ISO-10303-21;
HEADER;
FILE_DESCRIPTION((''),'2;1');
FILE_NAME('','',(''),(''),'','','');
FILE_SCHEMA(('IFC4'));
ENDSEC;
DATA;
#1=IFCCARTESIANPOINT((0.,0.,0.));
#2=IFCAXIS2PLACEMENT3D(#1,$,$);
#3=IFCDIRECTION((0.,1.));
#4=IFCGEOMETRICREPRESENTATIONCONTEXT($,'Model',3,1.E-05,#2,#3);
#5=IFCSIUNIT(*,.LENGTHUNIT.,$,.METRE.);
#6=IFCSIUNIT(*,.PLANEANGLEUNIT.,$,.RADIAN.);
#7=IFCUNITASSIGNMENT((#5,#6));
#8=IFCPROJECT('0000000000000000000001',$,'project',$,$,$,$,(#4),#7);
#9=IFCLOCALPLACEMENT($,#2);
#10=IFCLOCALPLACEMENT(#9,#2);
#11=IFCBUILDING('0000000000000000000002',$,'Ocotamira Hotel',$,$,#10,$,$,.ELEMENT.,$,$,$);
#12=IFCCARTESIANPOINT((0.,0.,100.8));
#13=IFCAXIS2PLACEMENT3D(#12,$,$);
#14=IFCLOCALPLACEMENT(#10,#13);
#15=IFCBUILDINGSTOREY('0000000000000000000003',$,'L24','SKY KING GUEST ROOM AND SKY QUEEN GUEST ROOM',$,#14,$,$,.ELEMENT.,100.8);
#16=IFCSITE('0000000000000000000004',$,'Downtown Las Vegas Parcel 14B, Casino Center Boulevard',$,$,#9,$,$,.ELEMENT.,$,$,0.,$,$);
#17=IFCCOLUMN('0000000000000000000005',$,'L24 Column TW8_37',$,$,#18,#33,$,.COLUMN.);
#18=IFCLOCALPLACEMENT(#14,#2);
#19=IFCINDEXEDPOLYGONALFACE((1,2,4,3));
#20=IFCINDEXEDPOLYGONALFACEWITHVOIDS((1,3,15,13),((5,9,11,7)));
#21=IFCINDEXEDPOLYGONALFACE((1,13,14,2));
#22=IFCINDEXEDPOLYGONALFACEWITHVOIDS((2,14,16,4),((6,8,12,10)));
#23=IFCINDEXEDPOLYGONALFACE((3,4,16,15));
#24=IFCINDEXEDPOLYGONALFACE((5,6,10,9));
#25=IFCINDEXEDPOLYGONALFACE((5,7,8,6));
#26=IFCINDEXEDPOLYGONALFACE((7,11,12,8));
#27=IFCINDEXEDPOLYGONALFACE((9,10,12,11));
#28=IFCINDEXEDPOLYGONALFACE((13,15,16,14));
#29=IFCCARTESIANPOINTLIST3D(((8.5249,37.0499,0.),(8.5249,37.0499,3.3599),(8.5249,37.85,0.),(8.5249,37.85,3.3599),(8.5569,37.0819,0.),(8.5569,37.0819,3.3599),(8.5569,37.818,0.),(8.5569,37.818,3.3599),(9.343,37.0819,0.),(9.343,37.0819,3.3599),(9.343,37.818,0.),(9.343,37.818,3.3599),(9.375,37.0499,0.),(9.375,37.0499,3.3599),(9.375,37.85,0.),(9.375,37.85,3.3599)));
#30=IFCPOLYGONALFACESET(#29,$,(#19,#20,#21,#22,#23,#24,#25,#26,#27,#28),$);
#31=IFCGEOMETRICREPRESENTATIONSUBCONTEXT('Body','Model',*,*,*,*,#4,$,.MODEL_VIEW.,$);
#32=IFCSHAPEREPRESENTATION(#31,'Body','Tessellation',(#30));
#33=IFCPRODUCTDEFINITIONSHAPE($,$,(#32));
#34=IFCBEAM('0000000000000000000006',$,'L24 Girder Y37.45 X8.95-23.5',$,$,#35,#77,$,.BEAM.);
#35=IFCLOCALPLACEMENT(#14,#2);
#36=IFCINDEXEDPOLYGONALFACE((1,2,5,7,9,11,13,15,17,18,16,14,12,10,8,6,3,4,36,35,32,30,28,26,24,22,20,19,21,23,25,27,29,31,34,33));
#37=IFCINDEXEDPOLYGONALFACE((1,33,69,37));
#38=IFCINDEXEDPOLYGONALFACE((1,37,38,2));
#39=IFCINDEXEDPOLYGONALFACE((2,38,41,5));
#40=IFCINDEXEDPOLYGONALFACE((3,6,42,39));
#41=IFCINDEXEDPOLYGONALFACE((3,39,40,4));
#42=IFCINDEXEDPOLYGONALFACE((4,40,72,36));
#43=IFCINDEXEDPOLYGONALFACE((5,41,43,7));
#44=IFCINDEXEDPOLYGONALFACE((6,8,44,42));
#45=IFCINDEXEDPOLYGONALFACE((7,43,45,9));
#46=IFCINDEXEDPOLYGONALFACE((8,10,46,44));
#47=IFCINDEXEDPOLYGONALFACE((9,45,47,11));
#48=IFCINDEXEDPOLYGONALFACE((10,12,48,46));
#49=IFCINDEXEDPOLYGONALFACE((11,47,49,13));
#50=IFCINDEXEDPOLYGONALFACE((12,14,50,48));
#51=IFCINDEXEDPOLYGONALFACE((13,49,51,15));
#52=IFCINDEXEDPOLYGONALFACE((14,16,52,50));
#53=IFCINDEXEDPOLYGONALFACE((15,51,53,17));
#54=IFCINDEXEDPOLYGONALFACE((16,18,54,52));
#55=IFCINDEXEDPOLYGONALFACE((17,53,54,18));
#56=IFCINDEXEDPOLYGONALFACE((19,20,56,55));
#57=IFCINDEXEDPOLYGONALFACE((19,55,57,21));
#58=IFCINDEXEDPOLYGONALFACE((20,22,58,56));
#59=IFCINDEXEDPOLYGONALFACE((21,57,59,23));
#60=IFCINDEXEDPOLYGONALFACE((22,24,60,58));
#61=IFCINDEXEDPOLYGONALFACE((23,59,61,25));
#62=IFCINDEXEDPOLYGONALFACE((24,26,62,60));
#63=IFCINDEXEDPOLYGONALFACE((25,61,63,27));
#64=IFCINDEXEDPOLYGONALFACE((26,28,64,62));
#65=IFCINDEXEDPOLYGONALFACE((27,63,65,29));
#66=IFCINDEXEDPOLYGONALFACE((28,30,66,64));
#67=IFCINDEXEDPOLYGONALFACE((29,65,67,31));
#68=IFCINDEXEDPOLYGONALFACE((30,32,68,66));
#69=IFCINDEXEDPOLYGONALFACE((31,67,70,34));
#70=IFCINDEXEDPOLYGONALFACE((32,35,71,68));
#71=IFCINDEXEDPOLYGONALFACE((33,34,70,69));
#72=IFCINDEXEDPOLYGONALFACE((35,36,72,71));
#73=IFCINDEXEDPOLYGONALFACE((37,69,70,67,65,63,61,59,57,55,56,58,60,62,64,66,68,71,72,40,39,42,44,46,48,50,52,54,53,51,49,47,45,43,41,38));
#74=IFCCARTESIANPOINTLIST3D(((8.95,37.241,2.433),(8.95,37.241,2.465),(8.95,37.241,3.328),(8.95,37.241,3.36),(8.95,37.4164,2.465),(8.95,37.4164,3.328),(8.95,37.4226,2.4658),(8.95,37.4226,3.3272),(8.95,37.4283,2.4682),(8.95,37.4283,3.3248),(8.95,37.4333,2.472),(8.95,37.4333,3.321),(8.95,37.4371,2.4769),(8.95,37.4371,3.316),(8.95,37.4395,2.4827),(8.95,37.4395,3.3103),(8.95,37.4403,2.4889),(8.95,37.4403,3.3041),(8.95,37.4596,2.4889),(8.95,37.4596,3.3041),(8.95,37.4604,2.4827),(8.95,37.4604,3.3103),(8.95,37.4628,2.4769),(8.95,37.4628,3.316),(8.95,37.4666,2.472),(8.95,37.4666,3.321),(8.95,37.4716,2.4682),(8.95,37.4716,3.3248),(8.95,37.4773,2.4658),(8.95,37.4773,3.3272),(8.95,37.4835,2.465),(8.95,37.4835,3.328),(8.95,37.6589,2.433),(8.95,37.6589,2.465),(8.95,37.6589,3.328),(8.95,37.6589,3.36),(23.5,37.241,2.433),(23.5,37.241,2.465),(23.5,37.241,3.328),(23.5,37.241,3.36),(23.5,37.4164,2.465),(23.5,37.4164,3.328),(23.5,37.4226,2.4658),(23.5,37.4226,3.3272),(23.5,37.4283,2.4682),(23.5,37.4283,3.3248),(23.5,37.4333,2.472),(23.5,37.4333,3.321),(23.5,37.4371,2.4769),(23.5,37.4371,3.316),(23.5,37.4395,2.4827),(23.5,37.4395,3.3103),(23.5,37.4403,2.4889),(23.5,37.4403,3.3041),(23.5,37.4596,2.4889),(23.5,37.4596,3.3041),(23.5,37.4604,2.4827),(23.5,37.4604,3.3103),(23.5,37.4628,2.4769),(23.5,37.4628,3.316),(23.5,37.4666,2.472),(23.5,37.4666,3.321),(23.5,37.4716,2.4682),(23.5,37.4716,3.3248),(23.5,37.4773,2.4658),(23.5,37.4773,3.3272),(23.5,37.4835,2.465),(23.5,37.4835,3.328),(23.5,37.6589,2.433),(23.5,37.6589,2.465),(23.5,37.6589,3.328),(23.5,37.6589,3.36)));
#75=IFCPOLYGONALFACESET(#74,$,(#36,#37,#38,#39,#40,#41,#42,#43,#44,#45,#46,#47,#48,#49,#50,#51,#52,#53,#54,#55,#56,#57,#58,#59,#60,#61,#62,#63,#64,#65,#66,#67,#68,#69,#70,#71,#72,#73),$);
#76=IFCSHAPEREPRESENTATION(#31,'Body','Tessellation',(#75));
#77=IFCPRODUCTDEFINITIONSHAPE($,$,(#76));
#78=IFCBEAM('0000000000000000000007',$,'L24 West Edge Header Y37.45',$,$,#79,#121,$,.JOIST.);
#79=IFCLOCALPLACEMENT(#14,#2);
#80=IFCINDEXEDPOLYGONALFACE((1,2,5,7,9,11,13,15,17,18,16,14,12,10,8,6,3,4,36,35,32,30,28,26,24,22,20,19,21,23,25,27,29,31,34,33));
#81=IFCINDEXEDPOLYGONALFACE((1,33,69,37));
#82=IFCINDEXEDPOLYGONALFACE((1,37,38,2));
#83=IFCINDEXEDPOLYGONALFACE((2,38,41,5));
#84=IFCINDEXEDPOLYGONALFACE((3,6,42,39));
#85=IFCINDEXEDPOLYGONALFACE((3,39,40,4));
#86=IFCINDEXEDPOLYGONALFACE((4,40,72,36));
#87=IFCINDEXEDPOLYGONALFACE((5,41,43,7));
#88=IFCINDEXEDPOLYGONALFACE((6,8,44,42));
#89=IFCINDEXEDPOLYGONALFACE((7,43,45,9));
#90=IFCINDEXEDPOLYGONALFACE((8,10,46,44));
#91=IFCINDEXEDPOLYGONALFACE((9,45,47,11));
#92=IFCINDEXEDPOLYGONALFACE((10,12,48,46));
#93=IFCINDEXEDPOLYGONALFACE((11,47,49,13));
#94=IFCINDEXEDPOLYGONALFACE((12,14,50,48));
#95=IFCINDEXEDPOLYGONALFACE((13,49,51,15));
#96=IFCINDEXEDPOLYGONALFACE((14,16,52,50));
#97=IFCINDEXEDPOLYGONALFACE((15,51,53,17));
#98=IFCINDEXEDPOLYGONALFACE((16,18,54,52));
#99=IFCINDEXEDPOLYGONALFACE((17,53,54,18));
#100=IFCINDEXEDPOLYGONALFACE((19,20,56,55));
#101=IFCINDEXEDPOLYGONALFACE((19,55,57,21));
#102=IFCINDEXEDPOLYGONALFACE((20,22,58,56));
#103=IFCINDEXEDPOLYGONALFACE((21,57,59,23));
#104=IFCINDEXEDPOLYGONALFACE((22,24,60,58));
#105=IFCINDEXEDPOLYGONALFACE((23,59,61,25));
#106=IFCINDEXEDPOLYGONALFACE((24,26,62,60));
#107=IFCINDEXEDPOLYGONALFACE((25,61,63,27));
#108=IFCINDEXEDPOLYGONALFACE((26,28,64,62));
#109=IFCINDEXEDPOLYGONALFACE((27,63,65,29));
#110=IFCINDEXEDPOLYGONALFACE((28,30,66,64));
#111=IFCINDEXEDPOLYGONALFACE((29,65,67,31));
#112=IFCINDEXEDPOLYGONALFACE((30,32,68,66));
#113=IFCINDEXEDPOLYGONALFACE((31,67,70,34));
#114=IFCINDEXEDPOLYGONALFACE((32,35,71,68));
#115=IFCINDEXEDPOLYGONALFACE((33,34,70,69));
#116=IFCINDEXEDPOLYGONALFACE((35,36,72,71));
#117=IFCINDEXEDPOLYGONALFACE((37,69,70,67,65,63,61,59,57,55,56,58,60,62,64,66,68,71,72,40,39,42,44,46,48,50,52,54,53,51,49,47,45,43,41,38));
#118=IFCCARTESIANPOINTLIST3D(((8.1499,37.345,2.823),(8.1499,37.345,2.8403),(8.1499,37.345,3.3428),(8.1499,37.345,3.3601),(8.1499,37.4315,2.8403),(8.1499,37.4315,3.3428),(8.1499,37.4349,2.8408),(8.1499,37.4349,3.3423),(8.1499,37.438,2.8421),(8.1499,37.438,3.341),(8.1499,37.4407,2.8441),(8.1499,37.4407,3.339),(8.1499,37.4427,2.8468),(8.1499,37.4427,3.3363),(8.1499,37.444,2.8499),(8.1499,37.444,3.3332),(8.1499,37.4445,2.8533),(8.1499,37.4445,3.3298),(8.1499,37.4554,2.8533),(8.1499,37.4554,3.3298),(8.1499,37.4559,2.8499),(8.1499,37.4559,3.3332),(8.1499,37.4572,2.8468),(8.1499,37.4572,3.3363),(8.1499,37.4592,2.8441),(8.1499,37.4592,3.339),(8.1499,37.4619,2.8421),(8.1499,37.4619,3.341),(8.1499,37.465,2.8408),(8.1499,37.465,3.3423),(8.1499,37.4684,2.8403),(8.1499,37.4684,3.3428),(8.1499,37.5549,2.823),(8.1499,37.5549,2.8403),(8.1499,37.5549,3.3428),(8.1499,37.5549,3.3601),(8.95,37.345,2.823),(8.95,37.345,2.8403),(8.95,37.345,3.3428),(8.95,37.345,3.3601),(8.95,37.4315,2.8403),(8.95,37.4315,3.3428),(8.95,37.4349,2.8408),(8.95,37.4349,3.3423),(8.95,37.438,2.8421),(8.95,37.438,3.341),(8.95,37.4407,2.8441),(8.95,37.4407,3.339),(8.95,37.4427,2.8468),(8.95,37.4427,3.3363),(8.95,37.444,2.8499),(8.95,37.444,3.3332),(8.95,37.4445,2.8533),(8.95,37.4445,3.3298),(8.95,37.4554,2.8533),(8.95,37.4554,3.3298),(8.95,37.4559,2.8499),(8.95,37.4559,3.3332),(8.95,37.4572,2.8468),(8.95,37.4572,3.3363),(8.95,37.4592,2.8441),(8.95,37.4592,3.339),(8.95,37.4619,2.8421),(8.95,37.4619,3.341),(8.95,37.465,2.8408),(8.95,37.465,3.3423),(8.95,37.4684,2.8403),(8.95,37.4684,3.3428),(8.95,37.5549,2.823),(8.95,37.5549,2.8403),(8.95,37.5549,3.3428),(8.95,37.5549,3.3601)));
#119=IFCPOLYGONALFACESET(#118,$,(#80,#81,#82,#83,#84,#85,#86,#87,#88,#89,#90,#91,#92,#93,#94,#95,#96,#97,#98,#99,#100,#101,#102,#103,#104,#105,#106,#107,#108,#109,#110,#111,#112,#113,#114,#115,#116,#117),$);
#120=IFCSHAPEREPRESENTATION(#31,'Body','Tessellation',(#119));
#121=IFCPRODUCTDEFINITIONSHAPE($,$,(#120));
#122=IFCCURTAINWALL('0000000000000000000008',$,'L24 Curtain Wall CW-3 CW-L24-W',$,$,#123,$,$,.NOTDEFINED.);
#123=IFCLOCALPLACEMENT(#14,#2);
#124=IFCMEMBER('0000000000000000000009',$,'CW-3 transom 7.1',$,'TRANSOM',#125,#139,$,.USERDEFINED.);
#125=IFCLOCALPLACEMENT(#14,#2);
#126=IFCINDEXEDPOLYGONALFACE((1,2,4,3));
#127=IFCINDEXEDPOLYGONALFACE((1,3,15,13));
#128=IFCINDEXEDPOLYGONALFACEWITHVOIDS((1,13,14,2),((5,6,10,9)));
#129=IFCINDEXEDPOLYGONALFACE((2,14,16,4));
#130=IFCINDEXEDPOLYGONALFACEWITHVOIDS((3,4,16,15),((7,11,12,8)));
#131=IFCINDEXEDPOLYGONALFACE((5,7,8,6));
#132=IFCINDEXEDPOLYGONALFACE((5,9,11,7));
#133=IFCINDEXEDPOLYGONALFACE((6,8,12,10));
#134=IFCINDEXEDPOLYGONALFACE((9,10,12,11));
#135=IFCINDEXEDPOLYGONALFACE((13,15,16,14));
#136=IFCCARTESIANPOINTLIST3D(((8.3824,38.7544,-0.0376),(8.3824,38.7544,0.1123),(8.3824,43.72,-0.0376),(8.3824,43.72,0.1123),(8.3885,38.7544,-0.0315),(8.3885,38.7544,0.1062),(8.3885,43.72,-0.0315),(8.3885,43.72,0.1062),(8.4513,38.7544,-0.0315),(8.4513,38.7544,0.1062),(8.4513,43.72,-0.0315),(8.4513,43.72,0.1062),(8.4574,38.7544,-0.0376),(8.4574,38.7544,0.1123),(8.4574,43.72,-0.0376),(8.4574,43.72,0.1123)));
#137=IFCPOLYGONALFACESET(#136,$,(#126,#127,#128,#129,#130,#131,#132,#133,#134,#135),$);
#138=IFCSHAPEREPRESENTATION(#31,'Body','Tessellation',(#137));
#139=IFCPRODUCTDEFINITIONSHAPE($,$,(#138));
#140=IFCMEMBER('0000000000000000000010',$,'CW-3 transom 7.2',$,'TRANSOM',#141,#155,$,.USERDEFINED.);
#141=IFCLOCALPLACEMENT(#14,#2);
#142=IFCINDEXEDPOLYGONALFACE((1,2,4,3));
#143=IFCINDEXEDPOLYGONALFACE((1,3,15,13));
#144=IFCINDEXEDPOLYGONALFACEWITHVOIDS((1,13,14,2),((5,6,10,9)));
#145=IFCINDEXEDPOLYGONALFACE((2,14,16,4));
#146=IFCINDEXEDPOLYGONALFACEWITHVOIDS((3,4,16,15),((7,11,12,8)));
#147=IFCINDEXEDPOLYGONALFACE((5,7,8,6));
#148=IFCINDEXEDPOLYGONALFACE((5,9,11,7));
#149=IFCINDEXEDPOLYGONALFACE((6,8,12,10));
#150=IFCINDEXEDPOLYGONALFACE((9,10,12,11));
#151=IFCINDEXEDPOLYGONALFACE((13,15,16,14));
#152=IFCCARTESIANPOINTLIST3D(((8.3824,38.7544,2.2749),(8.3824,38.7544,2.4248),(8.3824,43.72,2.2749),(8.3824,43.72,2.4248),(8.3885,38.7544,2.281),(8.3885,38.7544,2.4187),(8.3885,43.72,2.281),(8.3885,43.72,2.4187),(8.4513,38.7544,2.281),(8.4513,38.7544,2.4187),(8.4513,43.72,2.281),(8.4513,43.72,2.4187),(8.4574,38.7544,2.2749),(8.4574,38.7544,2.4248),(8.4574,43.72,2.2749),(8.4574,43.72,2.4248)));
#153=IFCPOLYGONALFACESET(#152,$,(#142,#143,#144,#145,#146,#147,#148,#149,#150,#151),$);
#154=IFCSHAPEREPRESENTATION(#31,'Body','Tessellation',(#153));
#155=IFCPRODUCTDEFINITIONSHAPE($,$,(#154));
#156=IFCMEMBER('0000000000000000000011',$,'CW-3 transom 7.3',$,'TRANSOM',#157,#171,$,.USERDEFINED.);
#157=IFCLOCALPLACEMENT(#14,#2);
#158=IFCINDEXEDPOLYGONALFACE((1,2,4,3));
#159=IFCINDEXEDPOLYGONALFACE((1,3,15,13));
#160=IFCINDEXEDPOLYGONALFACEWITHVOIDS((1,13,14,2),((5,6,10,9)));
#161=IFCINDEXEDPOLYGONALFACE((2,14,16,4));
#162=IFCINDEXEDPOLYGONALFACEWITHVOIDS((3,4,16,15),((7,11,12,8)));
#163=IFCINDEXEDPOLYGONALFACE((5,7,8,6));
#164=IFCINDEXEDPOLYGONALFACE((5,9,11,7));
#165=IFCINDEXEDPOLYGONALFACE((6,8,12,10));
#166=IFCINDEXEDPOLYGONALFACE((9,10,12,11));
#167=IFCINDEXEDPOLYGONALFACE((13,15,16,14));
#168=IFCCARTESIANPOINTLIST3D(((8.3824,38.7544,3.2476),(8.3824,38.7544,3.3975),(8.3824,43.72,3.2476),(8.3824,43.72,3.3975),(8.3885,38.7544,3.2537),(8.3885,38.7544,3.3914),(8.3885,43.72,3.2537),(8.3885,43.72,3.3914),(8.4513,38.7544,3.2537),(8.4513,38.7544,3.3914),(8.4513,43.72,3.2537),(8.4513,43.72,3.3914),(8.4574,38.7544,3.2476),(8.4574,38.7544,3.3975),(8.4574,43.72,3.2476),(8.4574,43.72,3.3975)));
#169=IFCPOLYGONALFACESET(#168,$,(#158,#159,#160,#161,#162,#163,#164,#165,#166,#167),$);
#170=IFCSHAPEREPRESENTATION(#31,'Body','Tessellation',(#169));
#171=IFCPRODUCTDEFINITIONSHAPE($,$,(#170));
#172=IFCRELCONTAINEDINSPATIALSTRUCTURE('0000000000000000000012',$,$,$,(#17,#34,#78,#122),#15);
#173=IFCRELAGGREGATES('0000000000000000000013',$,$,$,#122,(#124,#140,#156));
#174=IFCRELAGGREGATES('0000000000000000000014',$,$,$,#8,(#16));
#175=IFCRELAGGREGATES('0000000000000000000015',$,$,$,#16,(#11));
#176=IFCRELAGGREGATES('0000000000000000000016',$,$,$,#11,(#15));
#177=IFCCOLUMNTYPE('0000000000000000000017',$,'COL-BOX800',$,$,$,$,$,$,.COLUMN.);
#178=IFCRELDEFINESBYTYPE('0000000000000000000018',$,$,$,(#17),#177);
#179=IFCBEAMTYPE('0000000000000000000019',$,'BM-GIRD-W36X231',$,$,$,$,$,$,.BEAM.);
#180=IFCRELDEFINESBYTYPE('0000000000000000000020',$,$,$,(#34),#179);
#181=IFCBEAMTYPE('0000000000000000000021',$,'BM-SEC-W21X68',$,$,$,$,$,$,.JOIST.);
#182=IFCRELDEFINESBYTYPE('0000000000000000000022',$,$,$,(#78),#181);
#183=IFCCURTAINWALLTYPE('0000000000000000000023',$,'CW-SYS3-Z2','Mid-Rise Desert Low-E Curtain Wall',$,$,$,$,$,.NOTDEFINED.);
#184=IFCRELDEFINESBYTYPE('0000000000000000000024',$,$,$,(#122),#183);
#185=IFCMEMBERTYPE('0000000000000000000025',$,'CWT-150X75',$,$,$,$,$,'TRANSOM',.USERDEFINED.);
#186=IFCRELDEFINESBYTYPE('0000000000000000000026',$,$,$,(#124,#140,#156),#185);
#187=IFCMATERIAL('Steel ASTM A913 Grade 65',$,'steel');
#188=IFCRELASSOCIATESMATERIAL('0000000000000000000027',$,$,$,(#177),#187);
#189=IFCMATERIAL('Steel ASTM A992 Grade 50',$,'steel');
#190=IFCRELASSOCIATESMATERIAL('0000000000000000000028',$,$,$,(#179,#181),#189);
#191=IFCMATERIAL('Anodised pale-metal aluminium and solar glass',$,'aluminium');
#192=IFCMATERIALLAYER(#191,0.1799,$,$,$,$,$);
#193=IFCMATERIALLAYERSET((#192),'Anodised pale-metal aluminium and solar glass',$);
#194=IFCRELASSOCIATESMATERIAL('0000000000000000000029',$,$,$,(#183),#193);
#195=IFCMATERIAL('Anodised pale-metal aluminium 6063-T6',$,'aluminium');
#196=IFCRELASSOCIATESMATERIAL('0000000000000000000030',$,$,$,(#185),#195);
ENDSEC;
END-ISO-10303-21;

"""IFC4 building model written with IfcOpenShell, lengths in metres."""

from ifc_helpers import new_model, si_unit, direction, frame, origin, origin_2d, place, context, subcontext, project, spatial, hollow_rectangle, i_section, extrude, source, transform, mapped, material, layer, layer_set, material_profile, profile_set, type_object, element, aggregate, save


model = new_model("IFC4")

# Units and contexts
model_context = context("Model", 3, precision=1e-05, world=origin(), true_north=direction((0.0, 1.0)))
body_context = subcontext(model_context, "Body", "Model", "MODEL_VIEW")
ifc_project = project(units=[si_unit("LENGTHUNIT", "METRE"), si_unit("PLANEANGLEUNIT", "RADIAN")], contexts=[model_context])

# Site, building, storey
site_placement = place(None, origin())
site = spatial("IfcSite", under=ifc_project, at=site_placement, Name="Downtown Las Vegas Parcel 14B, Casino Center Boulevard", CompositionType="ELEMENT", RefElevation=0.0)
building_placement = place(site_placement, origin())
building = spatial("IfcBuilding", under=site, at=building_placement, Name="Ocotamira Hotel", CompositionType="ELEMENT")
storey_placement = place(building_placement, frame((0.0, 0.0, 100.8)))
storey = spatial("IfcBuildingStorey", under=building, at=storey_placement, Name="L24", Description="SKY KING GUEST ROOM AND SKY QUEEN GUEST ROOM", CompositionType="ELEMENT", Elevation=100.8)

# Column
ifc_material_1 = material(Name="Steel ASTM A913 Grade 65", Category="steel")
ifc_material_profile_1 = material_profile(ifc_material_1, hollow_rectangle(XDim=0.8501, YDim=0.8, WallThickness=0.032, at=origin_2d()), Name="BOX800X850X32")
ifc_profile_set_1 = profile_set([ifc_material_profile_1], Name="Steel ASTM A913 Grade 65")
column_type = type_object("IfcColumnType", Name="COL-BOX800", PredefinedType="COLUMN", material=ifc_profile_set_1)
shared_shape_1 = source(origin(), body_context, "Body", "SweptSolid", [
    extrude(hollow_rectangle(XDim=0.8501, YDim=0.8, WallThickness=0.032, at=origin_2d()), origin(), (0.0, 0.0, 1.0), 3.3599),
])
column_placement = place(storey_placement, frame((8.95, 37.45, 0.0), z_axis=(0.0, 0.0, 1.0), x_axis=(1.0, 0.0, 0.0)))
element("IfcColumn", 1, at=column_placement, inside=storey, type_object=column_type, Name="L24 Column TW8_37", PredefinedType="COLUMN", context=body_context, shape_type="MappedRepresentation", body=[
    mapped(shared_shape_1, transform((0.0, 0.0, 0.0), scale=1.0)),
])

# Beams
ifc_material_2 = material(Name="Steel ASTM A992 Grade 50", Category="steel")
ifc_material_profile_2 = material_profile(ifc_material_2, i_section(OverallWidth=0.418, OverallDepth=0.927, WebThickness=0.0193, FlangeThickness=0.032, FilletRadius=0.0239, at=origin_2d()), Name="W36X231")
ifc_profile_set_2 = profile_set([ifc_material_profile_2], Name="Steel ASTM A992 Grade 50")
beam_type_1 = type_object("IfcBeamType", Name="BM-GIRD-W36X231", PredefinedType="BEAM", material=ifc_profile_set_2)
shared_shape_2 = source(origin(), body_context, "Body", "SweptSolid", [
    extrude(i_section(OverallWidth=0.418, OverallDepth=0.927, WebThickness=0.0193, FlangeThickness=0.032, FilletRadius=0.0239, at=origin_2d()), origin(), (0.0, 0.0, 1.0), 14.55),
])
beam_1_placement = place(storey_placement, frame((8.95, 37.45, 2.8965), z_axis=(1.0, 0.0, 0.0), x_axis=(0.0, 1.0, 0.0)))
element("IfcBeam", 2, at=beam_1_placement, inside=storey, type_object=beam_type_1, Name="L24 Girder Y37.45 X8.95-23.5", PredefinedType="BEAM", context=body_context, shape_type="MappedRepresentation", body=[
    mapped(shared_shape_2, transform((0.0, 0.0, 0.0), scale=1.0)),
])
ifc_material_profile_3 = material_profile(ifc_material_2, i_section(OverallWidth=0.21, OverallDepth=0.5371, WebThickness=0.011, FlangeThickness=0.0173, FilletRadius=0.0129, at=origin_2d()), Name="W21X68")
ifc_profile_set_3 = profile_set([ifc_material_profile_3], Name="Steel ASTM A992 Grade 50")
beam_type_2 = type_object("IfcBeamType", Name="BM-SEC-W21X68", PredefinedType="JOIST", material=ifc_profile_set_3)
shared_shape_3 = source(origin(), body_context, "Body", "SweptSolid", [
    extrude(i_section(OverallWidth=0.21, OverallDepth=0.5371, WebThickness=0.011, FlangeThickness=0.0173, FilletRadius=0.0129, at=origin_2d()), origin(), (0.0, 0.0, 1.0), 0.8),
])
beam_2_placement = place(storey_placement, frame((8.95, 37.45, 3.0916), z_axis=(-1.0, 0.0, 0.0), x_axis=(0.0, -1.0, 0.0)))
element("IfcBeam", 3, at=beam_2_placement, inside=storey, type_object=beam_type_2, Name="L24 West Edge Header Y37.45", PredefinedType="JOIST", context=body_context, shape_type="MappedRepresentation", body=[
    mapped(shared_shape_3, transform((0.0, 0.0, 0.0), scale=1.0)),
])

# Curtain wall, members
ifc_material_3 = material(Name="Anodised pale-metal aluminium and solar glass", Category="aluminium")
ifc_layer_1 = layer(ifc_material_3, 0.1799)
ifc_layer_set_1 = layer_set([ifc_layer_1], Name="Anodised pale-metal aluminium and solar glass")
curtain_wall_type = type_object("IfcCurtainWallType", Name="CW-SYS3-Z2", Description="Mid-Rise Desert Low-E Curtain Wall", PredefinedType="NOTDEFINED", material=ifc_layer_set_1)
curtain_wall_placement = place(storey_placement, origin())
curtain_wall = element("IfcCurtainWall", 4, at=curtain_wall_placement, inside=storey, type_object=curtain_wall_type, Name="L24 Curtain Wall CW-3 CW-L24-W", PredefinedType="NOTDEFINED")
ifc_material_4 = material(Name="Anodised pale-metal aluminium 6063-T6", Category="aluminium")
ifc_material_profile_4 = material_profile(ifc_material_4, hollow_rectangle(XDim=0.075, YDim=0.1499, WallThickness=0.0061, at=origin_2d()), Name="HSS150X75X6")
ifc_profile_set_4 = profile_set([ifc_material_profile_4], Name="Anodised pale-metal aluminium 6063-T6")
member_type_1 = type_object("IfcMemberType", Name="CWT-150X75", ElementType="TRANSOM", PredefinedType="USERDEFINED", material=ifc_profile_set_4)
shared_shape_4 = source(origin(), body_context, "Body", "SweptSolid", [
    extrude(hollow_rectangle(XDim=0.075, YDim=0.1499, WallThickness=0.0061, at=origin_2d()), origin(), (0.0, 0.0, 1.0), 4.9656),
])
member_1_placement = place(storey_placement, frame((8.4199, 38.7544, 0.0374), z_axis=(0.0, 1.0, 0.0), x_axis=(-1.0, 0.0, 0.0)))
member_1 = element("IfcMember", 5, at=member_1_placement, type_object=member_type_1, Name="CW-3 transom 7.1", ObjectType="TRANSOM", PredefinedType="USERDEFINED", context=body_context, shape_type="MappedRepresentation", body=[
    mapped(shared_shape_4, transform((0.0, 0.0, 0.0), scale=1.0)),
])
member_2_placement = place(storey_placement, frame((8.4199, 38.7544, 2.3499), z_axis=(0.0, 1.0, 0.0), x_axis=(-1.0, 0.0, 0.0)))
member_2 = element("IfcMember", 6, at=member_2_placement, type_object=member_type_1, Name="CW-3 transom 7.2", ObjectType="TRANSOM", PredefinedType="USERDEFINED", context=body_context, shape_type="MappedRepresentation", body=[
    mapped(shared_shape_4, transform((0.0, 0.0, 0.0), scale=1.0)),
])
member_3_placement = place(storey_placement, frame((8.4199, 38.7544, 3.3225), z_axis=(0.0, 1.0, 0.0), x_axis=(-1.0, 0.0, 0.0)))
member_3 = element("IfcMember", 7, at=member_3_placement, type_object=member_type_1, Name="CW-3 transom 7.3", ObjectType="TRANSOM", PredefinedType="USERDEFINED", context=body_context, shape_type="MappedRepresentation", body=[
    mapped(shared_shape_4, transform((0.0, 0.0, 0.0), scale=1.0)),
])

aggregate(curtain_wall, [member_1, member_2, member_3])

save(model, "model.ifc")
